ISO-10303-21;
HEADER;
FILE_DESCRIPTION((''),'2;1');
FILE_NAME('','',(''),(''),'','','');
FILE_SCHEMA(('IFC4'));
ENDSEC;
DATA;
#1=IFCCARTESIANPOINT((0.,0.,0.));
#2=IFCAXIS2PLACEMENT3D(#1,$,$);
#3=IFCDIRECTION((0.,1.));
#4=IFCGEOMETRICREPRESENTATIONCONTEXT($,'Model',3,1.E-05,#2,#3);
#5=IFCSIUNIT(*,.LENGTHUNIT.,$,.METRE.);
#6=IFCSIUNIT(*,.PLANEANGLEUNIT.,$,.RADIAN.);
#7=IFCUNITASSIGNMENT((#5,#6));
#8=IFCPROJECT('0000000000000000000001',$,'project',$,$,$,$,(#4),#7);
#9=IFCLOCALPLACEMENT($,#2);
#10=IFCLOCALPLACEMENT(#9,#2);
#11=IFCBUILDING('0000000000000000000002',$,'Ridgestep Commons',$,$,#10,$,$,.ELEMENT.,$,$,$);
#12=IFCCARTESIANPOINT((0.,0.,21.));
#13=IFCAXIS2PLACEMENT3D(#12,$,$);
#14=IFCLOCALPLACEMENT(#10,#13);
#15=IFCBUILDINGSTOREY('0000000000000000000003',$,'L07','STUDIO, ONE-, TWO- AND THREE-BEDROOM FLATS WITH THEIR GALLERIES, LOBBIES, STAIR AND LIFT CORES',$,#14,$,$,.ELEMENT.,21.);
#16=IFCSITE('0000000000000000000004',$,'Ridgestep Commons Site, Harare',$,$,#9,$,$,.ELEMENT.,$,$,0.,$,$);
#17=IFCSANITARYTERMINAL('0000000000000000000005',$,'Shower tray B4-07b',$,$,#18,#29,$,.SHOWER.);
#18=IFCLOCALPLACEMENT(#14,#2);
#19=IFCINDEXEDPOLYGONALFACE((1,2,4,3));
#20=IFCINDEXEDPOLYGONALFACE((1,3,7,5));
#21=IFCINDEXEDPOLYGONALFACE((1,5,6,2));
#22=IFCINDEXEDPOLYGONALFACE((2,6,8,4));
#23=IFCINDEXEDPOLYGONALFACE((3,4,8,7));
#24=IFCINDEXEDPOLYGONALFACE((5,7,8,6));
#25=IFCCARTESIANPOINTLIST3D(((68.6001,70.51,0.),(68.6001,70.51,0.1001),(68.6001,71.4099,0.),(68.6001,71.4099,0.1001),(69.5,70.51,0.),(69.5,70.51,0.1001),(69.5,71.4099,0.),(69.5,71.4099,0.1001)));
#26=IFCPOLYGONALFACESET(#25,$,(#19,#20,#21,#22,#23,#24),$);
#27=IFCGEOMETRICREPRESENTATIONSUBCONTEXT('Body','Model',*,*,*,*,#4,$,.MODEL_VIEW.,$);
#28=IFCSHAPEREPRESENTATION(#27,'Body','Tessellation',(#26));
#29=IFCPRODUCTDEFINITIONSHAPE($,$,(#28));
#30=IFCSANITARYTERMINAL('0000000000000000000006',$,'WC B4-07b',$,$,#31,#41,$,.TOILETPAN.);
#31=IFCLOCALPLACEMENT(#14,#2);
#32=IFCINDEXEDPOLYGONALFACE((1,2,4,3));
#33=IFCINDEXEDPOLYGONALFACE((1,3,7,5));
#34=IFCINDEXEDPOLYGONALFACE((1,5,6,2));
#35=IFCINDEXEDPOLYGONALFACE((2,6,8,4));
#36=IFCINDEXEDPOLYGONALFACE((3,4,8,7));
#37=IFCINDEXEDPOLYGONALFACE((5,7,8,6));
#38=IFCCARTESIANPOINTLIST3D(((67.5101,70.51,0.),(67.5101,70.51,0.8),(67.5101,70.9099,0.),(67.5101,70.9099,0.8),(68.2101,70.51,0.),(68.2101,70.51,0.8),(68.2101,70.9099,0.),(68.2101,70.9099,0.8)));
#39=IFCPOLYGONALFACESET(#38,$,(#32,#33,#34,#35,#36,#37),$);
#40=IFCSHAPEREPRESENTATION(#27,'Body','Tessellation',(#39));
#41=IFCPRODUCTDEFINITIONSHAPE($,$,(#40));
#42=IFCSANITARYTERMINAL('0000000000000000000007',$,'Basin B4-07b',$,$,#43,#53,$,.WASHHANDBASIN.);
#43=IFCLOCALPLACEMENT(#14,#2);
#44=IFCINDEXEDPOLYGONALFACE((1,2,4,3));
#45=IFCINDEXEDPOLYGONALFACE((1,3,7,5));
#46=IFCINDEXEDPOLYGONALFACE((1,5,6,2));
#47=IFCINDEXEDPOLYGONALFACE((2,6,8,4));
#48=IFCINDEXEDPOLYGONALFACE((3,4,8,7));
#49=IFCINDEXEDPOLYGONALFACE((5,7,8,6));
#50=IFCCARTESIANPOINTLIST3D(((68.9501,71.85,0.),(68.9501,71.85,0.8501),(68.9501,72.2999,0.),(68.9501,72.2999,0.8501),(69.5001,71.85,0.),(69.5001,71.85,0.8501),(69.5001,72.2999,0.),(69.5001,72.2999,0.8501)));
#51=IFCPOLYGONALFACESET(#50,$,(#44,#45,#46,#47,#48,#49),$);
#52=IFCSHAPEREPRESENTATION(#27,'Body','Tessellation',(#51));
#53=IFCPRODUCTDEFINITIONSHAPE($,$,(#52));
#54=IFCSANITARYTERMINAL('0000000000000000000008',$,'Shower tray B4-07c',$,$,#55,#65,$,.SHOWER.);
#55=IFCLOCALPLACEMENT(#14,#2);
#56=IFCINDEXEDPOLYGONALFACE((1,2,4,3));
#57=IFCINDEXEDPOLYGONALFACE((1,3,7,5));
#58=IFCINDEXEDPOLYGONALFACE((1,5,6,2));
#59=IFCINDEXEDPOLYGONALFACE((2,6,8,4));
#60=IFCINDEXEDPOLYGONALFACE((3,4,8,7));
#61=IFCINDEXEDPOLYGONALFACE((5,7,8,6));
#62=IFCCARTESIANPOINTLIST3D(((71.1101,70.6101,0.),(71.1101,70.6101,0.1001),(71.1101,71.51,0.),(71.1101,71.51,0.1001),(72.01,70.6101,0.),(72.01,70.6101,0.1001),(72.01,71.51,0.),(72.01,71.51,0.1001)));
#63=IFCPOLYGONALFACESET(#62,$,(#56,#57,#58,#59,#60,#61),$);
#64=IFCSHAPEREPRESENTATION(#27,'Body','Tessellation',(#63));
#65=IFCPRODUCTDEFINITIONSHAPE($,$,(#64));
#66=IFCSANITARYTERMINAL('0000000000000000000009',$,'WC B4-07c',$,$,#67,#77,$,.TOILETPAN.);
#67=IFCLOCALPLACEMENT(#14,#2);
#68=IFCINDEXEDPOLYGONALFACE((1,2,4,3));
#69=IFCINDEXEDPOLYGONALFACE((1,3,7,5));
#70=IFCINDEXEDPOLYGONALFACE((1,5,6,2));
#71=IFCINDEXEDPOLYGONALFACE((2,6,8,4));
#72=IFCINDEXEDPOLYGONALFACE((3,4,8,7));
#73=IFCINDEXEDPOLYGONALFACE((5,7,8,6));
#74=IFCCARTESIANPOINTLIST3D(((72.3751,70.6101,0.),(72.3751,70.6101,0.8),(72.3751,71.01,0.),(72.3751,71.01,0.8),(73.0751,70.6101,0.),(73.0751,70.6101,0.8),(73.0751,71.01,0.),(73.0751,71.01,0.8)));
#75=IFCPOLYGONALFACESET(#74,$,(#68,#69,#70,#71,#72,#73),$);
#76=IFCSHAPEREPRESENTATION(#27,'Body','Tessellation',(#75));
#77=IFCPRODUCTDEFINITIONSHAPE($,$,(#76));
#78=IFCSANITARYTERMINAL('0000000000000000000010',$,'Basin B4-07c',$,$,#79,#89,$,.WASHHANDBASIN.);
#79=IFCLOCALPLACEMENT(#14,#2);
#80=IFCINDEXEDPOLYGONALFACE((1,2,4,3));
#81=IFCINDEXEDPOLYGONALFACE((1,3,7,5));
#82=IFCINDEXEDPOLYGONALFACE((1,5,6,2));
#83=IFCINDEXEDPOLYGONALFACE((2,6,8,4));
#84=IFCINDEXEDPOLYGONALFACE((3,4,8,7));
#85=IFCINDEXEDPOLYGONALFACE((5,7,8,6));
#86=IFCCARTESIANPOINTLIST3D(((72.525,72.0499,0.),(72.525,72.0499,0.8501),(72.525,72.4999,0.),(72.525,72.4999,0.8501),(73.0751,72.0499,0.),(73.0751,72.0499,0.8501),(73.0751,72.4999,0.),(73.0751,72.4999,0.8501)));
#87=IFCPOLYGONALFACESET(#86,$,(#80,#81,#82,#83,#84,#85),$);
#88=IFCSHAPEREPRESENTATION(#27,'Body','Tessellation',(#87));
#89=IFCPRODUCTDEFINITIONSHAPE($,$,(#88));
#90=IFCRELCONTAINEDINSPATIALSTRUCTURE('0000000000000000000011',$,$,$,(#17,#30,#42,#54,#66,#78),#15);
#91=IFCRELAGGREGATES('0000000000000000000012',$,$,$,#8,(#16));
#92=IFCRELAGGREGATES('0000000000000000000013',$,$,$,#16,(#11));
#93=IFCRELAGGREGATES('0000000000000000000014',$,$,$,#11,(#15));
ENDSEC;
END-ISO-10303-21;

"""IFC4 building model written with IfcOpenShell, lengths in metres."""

from ifc_helpers import new_model, si_unit, direction, frame, origin, origin_2d, place, context, subcontext, project, spatial, rectangle, extrude, element, save


model = new_model("IFC4")

# Units and contexts
model_context = context("Model", 3, precision=1e-05, world=origin(), true_north=direction((0.0, 1.0)))
body_context = subcontext(model_context, "Body", "Model", "MODEL_VIEW")
ifc_project = project(units=[si_unit("LENGTHUNIT", "METRE"), si_unit("PLANEANGLEUNIT", "RADIAN")], contexts=[model_context])

# Site, building, storey
site_placement = place(None, origin())
site = spatial("IfcSite", under=ifc_project, at=site_placement, Name="Ridgestep Commons Site, Harare", CompositionType="ELEMENT", RefElevation=0.0)
building_placement = place(site_placement, origin())
building = spatial("IfcBuilding", under=site, at=building_placement, Name="Ridgestep Commons", CompositionType="ELEMENT")
storey_placement = place(building_placement, frame((0.0, 0.0, 21.0)))
storey = spatial("IfcBuildingStorey", under=building, at=storey_placement, Name="L07", Description="STUDIO, ONE-, TWO- AND THREE-BEDROOM FLATS WITH THEIR GALLERIES, LOBBIES, STAIR AND LIFT CORES", CompositionType="ELEMENT", Elevation=21.0)

# Sanitary terminals
sanitary_terminal_1_placement = place(storey_placement, frame((69.05, 70.96, 0.0), z_axis=(0.0, 0.0, 1.0), x_axis=(1.0, 0.0, 0.0)))
element("IfcSanitaryTerminal", 1, at=sanitary_terminal_1_placement, inside=storey, Name="Shower tray B4-07b", PredefinedType="SHOWER", context=body_context, shape_type="SweptSolid", body=[
    extrude(rectangle(XDim=0.8999, YDim=0.8999, at=origin_2d()), origin(), (0.0, 0.0, 1.0), 0.1001),
])
sanitary_terminal_2_placement = place(storey_placement, frame((67.8601, 70.71, 0.0), z_axis=(0.0, 0.0, 1.0), x_axis=(1.0, 0.0, 0.0)))
element("IfcSanitaryTerminal", 2, at=sanitary_terminal_2_placement, inside=storey, Name="WC B4-07b", PredefinedType="TOILETPAN", context=body_context, shape_type="SweptSolid", body=[
    extrude(rectangle(XDim=0.7, YDim=0.3999, at=origin_2d()), origin(), (0.0, 0.0, 1.0), 0.8),
])
sanitary_terminal_3_placement = place(storey_placement, frame((69.2251, 72.075, 0.0), z_axis=(0.0, 0.0, 1.0), x_axis=(1.0, 0.0, 0.0)))
element("IfcSanitaryTerminal", 3, at=sanitary_terminal_3_placement, inside=storey, Name="Basin B4-07b", PredefinedType="WASHHANDBASIN", context=body_context, shape_type="SweptSolid", body=[
    extrude(rectangle(XDim=0.55, YDim=0.45, at=origin_2d()), origin(), (0.0, 0.0, 1.0), 0.8501),
])
sanitary_terminal_4_placement = place(storey_placement, frame((71.5601, 71.0601, 0.0), z_axis=(0.0, 0.0, 1.0), x_axis=(1.0, 0.0, 0.0)))
element("IfcSanitaryTerminal", 4, at=sanitary_terminal_4_placement, inside=storey, Name="Shower tray B4-07c", PredefinedType="SHOWER", context=body_context, shape_type="SweptSolid", body=[
    extrude(rectangle(XDim=0.8999, YDim=0.8999, at=origin_2d()), origin(), (0.0, 0.0, 1.0), 0.1001),
])
sanitary_terminal_5_placement = place(storey_placement, frame((72.7251, 70.8101, 0.0), z_axis=(0.0, 0.0, 1.0), x_axis=(1.0, 0.0, 0.0)))
element("IfcSanitaryTerminal", 5, at=sanitary_terminal_5_placement, inside=storey, Name="WC B4-07c", PredefinedType="TOILETPAN", context=body_context, shape_type="SweptSolid", body=[
    extrude(rectangle(XDim=0.7, YDim=0.3999, at=origin_2d()), origin(), (0.0, 0.0, 1.0), 0.8),
])
sanitary_terminal_6_placement = place(storey_placement, frame((72.8, 72.2749, 0.0), z_axis=(0.0, 0.0, 1.0), x_axis=(1.0, 0.0, 0.0)))
element("IfcSanitaryTerminal", 6, at=sanitary_terminal_6_placement, inside=storey, Name="Basin B4-07c", PredefinedType="WASHHANDBASIN", context=body_context, shape_type="SweptSolid", body=[
    extrude(rectangle(XDim=0.55, YDim=0.45, at=origin_2d()), origin(), (0.0, 0.0, 1.0), 0.8501),
])

save(model, "model.ifc")
